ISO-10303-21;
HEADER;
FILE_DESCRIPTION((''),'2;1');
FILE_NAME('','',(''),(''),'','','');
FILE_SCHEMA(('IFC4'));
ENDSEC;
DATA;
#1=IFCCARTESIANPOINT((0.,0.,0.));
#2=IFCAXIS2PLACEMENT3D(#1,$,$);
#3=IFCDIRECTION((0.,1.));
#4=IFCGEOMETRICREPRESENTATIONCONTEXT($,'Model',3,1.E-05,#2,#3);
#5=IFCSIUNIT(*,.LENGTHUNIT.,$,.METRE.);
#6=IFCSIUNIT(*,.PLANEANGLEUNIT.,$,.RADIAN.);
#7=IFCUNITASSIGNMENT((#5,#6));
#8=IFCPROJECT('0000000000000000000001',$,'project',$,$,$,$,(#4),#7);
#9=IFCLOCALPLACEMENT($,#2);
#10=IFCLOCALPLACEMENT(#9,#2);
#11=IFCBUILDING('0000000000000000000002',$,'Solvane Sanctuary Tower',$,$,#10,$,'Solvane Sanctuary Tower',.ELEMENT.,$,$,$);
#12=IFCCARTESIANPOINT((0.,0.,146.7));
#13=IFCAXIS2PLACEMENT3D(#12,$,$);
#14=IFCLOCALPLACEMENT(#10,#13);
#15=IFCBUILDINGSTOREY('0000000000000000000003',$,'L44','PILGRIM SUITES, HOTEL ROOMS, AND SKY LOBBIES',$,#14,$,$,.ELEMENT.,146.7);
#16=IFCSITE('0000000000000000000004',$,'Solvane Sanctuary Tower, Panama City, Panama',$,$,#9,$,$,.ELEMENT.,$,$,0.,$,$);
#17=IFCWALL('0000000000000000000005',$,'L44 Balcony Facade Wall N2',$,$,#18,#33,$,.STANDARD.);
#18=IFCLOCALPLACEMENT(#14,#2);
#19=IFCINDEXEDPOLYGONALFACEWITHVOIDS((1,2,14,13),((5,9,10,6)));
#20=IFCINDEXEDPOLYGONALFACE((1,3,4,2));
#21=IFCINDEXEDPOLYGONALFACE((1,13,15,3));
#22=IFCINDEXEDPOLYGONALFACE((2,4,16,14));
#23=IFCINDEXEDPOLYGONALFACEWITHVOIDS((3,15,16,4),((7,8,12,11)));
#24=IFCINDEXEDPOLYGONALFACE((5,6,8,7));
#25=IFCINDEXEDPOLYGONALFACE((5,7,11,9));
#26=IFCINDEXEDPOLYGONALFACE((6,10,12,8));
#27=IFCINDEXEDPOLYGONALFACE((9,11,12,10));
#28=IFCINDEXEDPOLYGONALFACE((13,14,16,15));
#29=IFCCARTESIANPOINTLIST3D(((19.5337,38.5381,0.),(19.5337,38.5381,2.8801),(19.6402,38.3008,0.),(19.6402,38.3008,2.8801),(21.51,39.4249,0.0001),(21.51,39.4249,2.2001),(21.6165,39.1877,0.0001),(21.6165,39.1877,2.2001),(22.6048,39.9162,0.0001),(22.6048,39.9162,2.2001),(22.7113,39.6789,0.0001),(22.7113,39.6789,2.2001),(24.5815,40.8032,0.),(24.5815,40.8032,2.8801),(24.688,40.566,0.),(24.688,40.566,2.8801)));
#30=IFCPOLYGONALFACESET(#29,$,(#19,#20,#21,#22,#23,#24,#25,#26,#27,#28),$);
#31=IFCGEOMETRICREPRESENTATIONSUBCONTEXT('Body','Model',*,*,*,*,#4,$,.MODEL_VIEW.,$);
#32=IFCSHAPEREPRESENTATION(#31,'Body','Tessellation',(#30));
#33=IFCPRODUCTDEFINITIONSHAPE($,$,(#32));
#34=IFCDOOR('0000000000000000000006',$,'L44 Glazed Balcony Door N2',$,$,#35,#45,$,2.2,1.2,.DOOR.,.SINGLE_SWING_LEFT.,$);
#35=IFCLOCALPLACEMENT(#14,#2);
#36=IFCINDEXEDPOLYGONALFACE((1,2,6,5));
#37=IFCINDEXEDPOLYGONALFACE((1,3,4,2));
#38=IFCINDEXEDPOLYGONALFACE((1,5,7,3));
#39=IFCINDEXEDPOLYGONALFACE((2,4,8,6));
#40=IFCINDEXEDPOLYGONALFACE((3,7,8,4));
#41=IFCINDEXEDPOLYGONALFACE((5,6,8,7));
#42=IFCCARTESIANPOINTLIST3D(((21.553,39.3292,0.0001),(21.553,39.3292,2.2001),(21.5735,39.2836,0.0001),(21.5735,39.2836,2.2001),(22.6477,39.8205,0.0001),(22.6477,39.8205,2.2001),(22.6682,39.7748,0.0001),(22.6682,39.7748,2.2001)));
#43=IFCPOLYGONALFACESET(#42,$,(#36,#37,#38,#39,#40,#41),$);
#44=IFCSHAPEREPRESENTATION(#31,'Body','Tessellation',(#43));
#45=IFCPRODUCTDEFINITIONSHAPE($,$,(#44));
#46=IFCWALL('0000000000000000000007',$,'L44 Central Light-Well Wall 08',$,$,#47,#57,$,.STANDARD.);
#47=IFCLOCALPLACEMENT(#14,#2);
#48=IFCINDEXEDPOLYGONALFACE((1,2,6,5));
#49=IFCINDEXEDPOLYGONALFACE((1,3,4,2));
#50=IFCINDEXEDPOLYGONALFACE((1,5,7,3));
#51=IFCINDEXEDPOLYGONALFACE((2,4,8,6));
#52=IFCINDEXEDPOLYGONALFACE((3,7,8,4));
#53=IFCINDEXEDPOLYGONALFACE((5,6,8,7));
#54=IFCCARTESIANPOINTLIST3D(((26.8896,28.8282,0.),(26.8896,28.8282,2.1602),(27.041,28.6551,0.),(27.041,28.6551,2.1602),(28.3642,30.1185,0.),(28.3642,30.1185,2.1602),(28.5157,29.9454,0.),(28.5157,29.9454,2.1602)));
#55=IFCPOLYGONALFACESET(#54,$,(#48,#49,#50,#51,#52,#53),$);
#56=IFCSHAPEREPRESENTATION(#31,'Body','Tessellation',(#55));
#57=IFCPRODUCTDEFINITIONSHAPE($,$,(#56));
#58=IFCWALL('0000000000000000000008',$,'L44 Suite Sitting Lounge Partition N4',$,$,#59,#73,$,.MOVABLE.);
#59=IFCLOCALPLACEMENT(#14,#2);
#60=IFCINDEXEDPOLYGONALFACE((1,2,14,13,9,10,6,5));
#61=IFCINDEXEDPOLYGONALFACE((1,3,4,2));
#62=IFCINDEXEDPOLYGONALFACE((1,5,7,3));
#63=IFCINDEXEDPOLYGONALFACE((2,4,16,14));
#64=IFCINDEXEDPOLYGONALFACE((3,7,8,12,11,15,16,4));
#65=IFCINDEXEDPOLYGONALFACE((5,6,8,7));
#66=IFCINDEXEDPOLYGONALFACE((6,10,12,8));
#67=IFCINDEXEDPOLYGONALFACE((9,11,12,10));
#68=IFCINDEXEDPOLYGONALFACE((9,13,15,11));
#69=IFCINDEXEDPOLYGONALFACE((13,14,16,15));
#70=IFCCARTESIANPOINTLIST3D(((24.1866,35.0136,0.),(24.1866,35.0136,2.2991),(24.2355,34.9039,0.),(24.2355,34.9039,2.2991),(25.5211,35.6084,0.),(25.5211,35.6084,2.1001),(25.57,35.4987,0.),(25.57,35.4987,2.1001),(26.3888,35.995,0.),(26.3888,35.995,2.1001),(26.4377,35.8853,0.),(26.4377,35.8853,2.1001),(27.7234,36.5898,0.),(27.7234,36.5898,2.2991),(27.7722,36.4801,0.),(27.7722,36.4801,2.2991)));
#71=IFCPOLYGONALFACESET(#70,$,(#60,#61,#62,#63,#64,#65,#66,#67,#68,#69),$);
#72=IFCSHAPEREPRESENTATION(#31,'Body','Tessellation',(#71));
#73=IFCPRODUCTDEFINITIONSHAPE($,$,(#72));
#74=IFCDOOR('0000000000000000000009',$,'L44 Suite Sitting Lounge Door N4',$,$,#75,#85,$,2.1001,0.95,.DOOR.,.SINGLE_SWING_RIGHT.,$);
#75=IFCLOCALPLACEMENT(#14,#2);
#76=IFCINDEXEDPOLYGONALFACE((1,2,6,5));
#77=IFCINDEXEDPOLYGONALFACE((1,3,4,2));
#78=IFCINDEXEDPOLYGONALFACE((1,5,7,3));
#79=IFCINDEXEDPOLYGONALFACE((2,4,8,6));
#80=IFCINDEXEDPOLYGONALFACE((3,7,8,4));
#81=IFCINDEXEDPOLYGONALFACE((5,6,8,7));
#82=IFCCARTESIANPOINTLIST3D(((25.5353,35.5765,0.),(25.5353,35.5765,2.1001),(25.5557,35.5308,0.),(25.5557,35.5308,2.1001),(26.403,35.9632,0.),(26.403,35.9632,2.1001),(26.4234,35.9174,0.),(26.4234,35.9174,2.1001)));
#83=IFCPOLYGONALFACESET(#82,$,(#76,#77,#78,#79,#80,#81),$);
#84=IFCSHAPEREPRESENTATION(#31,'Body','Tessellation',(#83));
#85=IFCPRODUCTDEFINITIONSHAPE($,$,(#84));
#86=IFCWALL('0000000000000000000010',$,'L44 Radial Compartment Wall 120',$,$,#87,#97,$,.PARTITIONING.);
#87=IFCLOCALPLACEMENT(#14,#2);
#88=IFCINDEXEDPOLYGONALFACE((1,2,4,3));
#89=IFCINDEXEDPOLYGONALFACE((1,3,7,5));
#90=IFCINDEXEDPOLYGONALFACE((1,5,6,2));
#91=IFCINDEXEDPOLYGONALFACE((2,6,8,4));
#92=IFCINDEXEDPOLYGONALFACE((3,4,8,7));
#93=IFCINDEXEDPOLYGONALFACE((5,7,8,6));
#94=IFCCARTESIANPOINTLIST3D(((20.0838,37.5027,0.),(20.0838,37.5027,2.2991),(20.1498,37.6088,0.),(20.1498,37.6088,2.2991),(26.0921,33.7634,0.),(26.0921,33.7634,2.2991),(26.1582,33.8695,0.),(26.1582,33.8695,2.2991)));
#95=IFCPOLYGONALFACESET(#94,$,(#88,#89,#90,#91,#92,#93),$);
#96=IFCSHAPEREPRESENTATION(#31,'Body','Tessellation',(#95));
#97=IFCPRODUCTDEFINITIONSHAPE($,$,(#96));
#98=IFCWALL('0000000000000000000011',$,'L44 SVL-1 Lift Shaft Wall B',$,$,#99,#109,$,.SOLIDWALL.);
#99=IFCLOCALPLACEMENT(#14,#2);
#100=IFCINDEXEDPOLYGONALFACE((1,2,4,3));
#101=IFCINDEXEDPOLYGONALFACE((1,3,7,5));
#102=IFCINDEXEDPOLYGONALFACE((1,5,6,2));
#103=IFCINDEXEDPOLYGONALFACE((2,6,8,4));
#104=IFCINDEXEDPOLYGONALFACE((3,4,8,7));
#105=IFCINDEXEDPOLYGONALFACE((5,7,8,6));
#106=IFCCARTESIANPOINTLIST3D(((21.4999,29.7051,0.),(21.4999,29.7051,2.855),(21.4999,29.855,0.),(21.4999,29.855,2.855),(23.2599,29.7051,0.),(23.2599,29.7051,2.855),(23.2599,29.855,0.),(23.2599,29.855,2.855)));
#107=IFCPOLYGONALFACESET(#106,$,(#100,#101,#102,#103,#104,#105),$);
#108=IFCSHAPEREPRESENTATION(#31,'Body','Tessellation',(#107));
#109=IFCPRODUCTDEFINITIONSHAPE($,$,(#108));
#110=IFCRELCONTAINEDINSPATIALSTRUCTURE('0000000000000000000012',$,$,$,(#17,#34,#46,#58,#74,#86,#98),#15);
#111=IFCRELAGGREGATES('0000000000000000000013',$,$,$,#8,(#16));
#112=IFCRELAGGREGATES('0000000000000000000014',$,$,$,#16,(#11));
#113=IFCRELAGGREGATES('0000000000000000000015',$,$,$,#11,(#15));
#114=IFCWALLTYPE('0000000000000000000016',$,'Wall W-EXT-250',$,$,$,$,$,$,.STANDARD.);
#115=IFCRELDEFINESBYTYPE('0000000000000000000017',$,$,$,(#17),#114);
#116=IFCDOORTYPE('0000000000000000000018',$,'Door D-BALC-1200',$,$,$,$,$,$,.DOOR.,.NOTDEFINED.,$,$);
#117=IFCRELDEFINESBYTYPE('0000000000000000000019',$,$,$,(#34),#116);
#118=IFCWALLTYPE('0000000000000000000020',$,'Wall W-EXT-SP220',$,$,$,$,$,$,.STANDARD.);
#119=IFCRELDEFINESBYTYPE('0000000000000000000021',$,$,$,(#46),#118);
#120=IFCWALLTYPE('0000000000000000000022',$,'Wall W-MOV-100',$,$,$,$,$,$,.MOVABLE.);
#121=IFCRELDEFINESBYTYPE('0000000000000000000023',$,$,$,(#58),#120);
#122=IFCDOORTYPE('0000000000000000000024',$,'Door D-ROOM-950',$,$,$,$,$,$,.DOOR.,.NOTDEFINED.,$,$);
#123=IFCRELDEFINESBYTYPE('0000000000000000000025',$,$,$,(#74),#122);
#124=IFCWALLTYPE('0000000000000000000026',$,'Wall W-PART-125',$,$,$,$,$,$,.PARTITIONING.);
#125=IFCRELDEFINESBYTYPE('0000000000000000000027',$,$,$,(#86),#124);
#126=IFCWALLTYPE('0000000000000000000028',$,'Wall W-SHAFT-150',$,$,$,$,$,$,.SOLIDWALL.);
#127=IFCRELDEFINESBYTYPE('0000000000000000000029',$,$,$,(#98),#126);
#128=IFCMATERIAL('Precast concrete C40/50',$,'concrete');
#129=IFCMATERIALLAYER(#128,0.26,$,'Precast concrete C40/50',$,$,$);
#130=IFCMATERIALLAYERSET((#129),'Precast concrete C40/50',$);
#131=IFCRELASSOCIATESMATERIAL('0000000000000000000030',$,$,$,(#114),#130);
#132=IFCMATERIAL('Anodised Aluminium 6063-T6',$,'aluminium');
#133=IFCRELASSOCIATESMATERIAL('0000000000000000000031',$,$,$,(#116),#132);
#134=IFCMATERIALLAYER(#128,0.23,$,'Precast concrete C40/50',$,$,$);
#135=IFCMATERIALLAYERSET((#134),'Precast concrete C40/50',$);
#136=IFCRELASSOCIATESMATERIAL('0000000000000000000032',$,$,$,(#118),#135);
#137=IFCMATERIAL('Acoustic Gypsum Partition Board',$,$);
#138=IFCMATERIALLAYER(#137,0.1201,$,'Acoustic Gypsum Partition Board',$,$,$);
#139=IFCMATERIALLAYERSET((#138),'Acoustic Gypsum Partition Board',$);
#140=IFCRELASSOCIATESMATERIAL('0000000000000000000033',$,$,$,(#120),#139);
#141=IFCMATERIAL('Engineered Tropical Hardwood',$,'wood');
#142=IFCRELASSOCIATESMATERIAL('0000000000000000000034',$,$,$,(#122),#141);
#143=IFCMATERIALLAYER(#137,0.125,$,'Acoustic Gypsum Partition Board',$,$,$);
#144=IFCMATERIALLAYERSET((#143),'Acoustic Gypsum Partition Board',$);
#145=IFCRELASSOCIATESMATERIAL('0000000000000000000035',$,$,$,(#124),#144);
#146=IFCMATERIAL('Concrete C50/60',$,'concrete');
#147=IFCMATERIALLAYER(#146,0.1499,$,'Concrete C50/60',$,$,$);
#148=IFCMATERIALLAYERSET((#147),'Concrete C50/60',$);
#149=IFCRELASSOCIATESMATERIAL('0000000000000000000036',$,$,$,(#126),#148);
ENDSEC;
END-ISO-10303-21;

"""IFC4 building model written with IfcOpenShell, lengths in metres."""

from ifc_helpers import new_model, si_unit, direction, frame, frame_2d, origin, place, context, subcontext, project, spatial, rectangle, extrude, material, layer, layer_set, type_object, element, fill, save


model = new_model("IFC4")

# Units and contexts
model_context = context("Model", 3, precision=1e-05, world=origin(), true_north=direction((0.0, 1.0)))
body_context = subcontext(model_context, "Body", "Model", "MODEL_VIEW")
ifc_project = project(units=[si_unit("LENGTHUNIT", "METRE"), si_unit("PLANEANGLEUNIT", "RADIAN")], contexts=[model_context])

# Site, building, storey
site_placement = place(None, origin())
site = spatial("IfcSite", under=ifc_project, at=site_placement, Name="Solvane Sanctuary Tower, Panama City, Panama", CompositionType="ELEMENT", RefElevation=0.0)
building_placement = place(site_placement, origin())
building = spatial("IfcBuilding", under=site, at=building_placement, Name="Solvane Sanctuary Tower", LongName="Solvane Sanctuary Tower", CompositionType="ELEMENT")
storey_placement = place(building_placement, frame((0.0, 0.0, 146.7)))
storey = spatial("IfcBuildingStorey", under=building, at=storey_placement, Name="L44", Description="PILGRIM SUITES, HOTEL ROOMS, AND SKY LOBBIES", CompositionType="ELEMENT", Elevation=146.7)

# Shared definitions
ifc_material_1 = material(Name="Concrete C50/60", Category="concrete")

# Shared definitions
ifc_material_2 = material(Name="Acoustic Gypsum Partition Board")

# Wall, opening, door
ifc_material_3 = material(Name="Precast concrete C40/50", Category="concrete")
ifc_layer_1 = layer(ifc_material_3, 0.26, Name="Precast concrete C40/50")
ifc_layer_set_1 = layer_set([ifc_layer_1], Name="Precast concrete C40/50")
wall_type_1 = type_object("IfcWallType", Name="Wall W-EXT-250", PredefinedType="STANDARD", material=ifc_layer_set_1)
wall_1_placement = place(storey_placement, frame((24.6348, 40.6846, 0.0), z_axis=(0.0, 0.0, 1.0), x_axis=(-0.912354, -0.409403, 0.0)))
wall_1 = element("IfcWall", 1, at=wall_1_placement, inside=storey, type_object=wall_type_1, Name="L44 Balcony Facade Wall N2", PredefinedType="STANDARD", context=body_context, shape_type="SweptSolid", body=[
    extrude(rectangle(XDim=5.5327, YDim=0.26, at=frame_2d((2.7664, 0.0))), origin(), (0.0, 0.0, 1.0), 2.8801),
])
opening_1_placement = place(wall_1_placement, frame((2.1665, 0.0, 0.0)))
opening_1 = element("IfcOpeningElement", 2, at=opening_1_placement, cuts=wall_1, PredefinedType="OPENING", context=body_context, shape_type="SweptSolid", body=[
    extrude(rectangle(XDim=1.2, YDim=2.2, at=frame_2d((0.6001, 1.1001))), frame((0.0, 0.1399, 0.0), z_axis=(0.0, -1.0, 0.0), x_axis=(1.0, 0.0, 0.0)), (0.0, 0.0, 1.0), 0.28),
])
ifc_material_4 = material(Name="Anodised Aluminium 6063-T6", Category="aluminium")
door_type_1 = type_object("IfcDoorType", Name="Door D-BALC-1200", OperationType="NOTDEFINED", PredefinedType="DOOR", material=ifc_material_4)
door_1_placement = place(opening_1_placement, origin())
door_1 = element("IfcDoor", 3, at=door_1_placement, inside=storey, type_object=door_type_1, Name="L44 Glazed Balcony Door N2", OperationType="SINGLE_SWING_LEFT", OverallHeight=2.2, OverallWidth=1.2, PredefinedType="DOOR", context=body_context, shape_type="SweptSolid", body=[
    extrude(rectangle(XDim=1.2, YDim=2.2, at=frame_2d((0.6001, 1.1001))), frame((0.0, 0.0249, 0.0), z_axis=(0.0, -1.0, 0.0), x_axis=(1.0, 0.0, 0.0)), (0.0, 0.0, 1.0), 0.05),
])
fill(opening_1, door_1)

# Wall
ifc_layer_2 = layer(ifc_material_3, 0.23, Name="Precast concrete C40/50")
ifc_layer_set_2 = layer_set([ifc_layer_2], Name="Precast concrete C40/50")
wall_type_2 = type_object("IfcWallType", Name="Wall W-EXT-SP220", PredefinedType="STANDARD", material=ifc_layer_set_2)
wall_2_placement = place(storey_placement, frame((28.4399, 30.032, 0.0), z_axis=(0.0, 0.0, 1.0), x_axis=(-0.752577, -0.658505, 0.0)))
element("IfcWall", 4, at=wall_2_placement, inside=storey, type_object=wall_type_2, Name="L44 Central Light-Well Wall 08", PredefinedType="STANDARD", context=body_context, shape_type="SweptSolid", body=[
    extrude(rectangle(XDim=1.9595, YDim=0.23, at=frame_2d((0.9797, 0.0))), origin(), (0.0, 0.0, 1.0), 2.1602),
])

# Wall, opening, door
ifc_layer_3 = layer(ifc_material_2, 0.1201, Name="Acoustic Gypsum Partition Board")
ifc_layer_set_3 = layer_set([ifc_layer_3], Name="Acoustic Gypsum Partition Board")
wall_type_3 = type_object("IfcWallType", Name="Wall W-MOV-100", PredefinedType="MOVABLE", material=ifc_layer_set_3)
wall_3_placement = place(storey_placement, frame((27.7478, 36.5349, 0.0), z_axis=(0.0, 0.0, 1.0), x_axis=(-0.913405, -0.407051, 0.0)))
wall_3 = element("IfcWall", 5, at=wall_3_placement, inside=storey, type_object=wall_type_3, Name="L44 Suite Sitting Lounge Partition N4", PredefinedType="MOVABLE", context=body_context, shape_type="SweptSolid", body=[
    extrude(rectangle(XDim=3.8721, YDim=0.1201, at=frame_2d((1.936, 0.0))), origin(), (0.0, 0.0, 1.0), 2.2991),
])
opening_2_placement = place(wall_3_placement, frame((1.4609, 0.0, 0.0)))
opening_2 = element("IfcOpeningElement", 6, at=opening_2_placement, cuts=wall_3, PredefinedType="OPENING", context=body_context, shape_type="SweptSolid", body=[
    extrude(rectangle(XDim=0.95, YDim=2.1001, at=frame_2d((0.4751, 1.05))), frame((0.0, 0.0701, 0.0), z_axis=(0.0, -1.0, 0.0), x_axis=(1.0, 0.0, 0.0)), (0.0, 0.0, 1.0), 0.1401),
])
ifc_material_5 = material(Name="Engineered Tropical Hardwood", Category="wood")
door_type_2 = type_object("IfcDoorType", Name="Door D-ROOM-950", OperationType="NOTDEFINED", PredefinedType="DOOR", material=ifc_material_5)
door_2_placement = place(opening_2_placement, origin())
door_2 = element("IfcDoor", 7, at=door_2_placement, inside=storey, type_object=door_type_2, Name="L44 Suite Sitting Lounge Door N4", OperationType="SINGLE_SWING_RIGHT", OverallHeight=2.1001, OverallWidth=0.95, PredefinedType="DOOR", context=body_context, shape_type="SweptSolid", body=[
    extrude(rectangle(XDim=0.95, YDim=2.1001, at=frame_2d((0.4751, 1.05))), frame((0.0, 0.0249, 0.0), z_axis=(0.0, -1.0, 0.0), x_axis=(1.0, 0.0, 0.0)), (0.0, 0.0, 1.0), 0.05),
])
fill(opening_2, door_2)

# Walls
ifc_layer_4 = layer(ifc_material_2, 0.125, Name="Acoustic Gypsum Partition Board")
ifc_layer_set_4 = layer_set([ifc_layer_4], Name="Acoustic Gypsum Partition Board")
wall_type_4 = type_object("IfcWallType", Name="Wall W-PART-125", PredefinedType="PARTITIONING", material=ifc_layer_set_4)
wall_4_placement = place(storey_placement, frame((26.1252, 33.8164, 0.0), z_axis=(0.0, 0.0, 1.0), x_axis=(-0.849008, 0.528379, 0.0)))
element("IfcWall", 8, at=wall_4_placement, inside=storey, type_object=wall_type_4, Name="L44 Radial Compartment Wall 120", PredefinedType="PARTITIONING", context=body_context, shape_type="SweptSolid", body=[
    extrude(rectangle(XDim=7.0769, YDim=0.125, at=frame_2d((3.5386, 0.0))), origin(), (0.0, 0.0, 1.0), 2.2991),
])
ifc_layer_5 = layer(ifc_material_1, 0.1499, Name="Concrete C50/60")
ifc_layer_set_5 = layer_set([ifc_layer_5], Name="Concrete C50/60")
wall_type_5 = type_object("IfcWallType", Name="Wall W-SHAFT-150", PredefinedType="SOLIDWALL", material=ifc_layer_set_5)
wall_5_placement = place(storey_placement, frame((21.5, 29.78, 0.0), z_axis=(0.0, 0.0, 1.0), x_axis=(1.0, 0.0, 0.0)))
element("IfcWall", 9, at=wall_5_placement, inside=storey, type_object=wall_type_5, Name="L44 SVL-1 Lift Shaft Wall B", PredefinedType="SOLIDWALL", context=body_context, shape_type="SweptSolid", body=[
    extrude(rectangle(XDim=1.76, YDim=0.1499, at=frame_2d((0.8799, 0.0))), origin(), (0.0, 0.0, 1.0), 2.855),
])

save(model, "model.ifc")
